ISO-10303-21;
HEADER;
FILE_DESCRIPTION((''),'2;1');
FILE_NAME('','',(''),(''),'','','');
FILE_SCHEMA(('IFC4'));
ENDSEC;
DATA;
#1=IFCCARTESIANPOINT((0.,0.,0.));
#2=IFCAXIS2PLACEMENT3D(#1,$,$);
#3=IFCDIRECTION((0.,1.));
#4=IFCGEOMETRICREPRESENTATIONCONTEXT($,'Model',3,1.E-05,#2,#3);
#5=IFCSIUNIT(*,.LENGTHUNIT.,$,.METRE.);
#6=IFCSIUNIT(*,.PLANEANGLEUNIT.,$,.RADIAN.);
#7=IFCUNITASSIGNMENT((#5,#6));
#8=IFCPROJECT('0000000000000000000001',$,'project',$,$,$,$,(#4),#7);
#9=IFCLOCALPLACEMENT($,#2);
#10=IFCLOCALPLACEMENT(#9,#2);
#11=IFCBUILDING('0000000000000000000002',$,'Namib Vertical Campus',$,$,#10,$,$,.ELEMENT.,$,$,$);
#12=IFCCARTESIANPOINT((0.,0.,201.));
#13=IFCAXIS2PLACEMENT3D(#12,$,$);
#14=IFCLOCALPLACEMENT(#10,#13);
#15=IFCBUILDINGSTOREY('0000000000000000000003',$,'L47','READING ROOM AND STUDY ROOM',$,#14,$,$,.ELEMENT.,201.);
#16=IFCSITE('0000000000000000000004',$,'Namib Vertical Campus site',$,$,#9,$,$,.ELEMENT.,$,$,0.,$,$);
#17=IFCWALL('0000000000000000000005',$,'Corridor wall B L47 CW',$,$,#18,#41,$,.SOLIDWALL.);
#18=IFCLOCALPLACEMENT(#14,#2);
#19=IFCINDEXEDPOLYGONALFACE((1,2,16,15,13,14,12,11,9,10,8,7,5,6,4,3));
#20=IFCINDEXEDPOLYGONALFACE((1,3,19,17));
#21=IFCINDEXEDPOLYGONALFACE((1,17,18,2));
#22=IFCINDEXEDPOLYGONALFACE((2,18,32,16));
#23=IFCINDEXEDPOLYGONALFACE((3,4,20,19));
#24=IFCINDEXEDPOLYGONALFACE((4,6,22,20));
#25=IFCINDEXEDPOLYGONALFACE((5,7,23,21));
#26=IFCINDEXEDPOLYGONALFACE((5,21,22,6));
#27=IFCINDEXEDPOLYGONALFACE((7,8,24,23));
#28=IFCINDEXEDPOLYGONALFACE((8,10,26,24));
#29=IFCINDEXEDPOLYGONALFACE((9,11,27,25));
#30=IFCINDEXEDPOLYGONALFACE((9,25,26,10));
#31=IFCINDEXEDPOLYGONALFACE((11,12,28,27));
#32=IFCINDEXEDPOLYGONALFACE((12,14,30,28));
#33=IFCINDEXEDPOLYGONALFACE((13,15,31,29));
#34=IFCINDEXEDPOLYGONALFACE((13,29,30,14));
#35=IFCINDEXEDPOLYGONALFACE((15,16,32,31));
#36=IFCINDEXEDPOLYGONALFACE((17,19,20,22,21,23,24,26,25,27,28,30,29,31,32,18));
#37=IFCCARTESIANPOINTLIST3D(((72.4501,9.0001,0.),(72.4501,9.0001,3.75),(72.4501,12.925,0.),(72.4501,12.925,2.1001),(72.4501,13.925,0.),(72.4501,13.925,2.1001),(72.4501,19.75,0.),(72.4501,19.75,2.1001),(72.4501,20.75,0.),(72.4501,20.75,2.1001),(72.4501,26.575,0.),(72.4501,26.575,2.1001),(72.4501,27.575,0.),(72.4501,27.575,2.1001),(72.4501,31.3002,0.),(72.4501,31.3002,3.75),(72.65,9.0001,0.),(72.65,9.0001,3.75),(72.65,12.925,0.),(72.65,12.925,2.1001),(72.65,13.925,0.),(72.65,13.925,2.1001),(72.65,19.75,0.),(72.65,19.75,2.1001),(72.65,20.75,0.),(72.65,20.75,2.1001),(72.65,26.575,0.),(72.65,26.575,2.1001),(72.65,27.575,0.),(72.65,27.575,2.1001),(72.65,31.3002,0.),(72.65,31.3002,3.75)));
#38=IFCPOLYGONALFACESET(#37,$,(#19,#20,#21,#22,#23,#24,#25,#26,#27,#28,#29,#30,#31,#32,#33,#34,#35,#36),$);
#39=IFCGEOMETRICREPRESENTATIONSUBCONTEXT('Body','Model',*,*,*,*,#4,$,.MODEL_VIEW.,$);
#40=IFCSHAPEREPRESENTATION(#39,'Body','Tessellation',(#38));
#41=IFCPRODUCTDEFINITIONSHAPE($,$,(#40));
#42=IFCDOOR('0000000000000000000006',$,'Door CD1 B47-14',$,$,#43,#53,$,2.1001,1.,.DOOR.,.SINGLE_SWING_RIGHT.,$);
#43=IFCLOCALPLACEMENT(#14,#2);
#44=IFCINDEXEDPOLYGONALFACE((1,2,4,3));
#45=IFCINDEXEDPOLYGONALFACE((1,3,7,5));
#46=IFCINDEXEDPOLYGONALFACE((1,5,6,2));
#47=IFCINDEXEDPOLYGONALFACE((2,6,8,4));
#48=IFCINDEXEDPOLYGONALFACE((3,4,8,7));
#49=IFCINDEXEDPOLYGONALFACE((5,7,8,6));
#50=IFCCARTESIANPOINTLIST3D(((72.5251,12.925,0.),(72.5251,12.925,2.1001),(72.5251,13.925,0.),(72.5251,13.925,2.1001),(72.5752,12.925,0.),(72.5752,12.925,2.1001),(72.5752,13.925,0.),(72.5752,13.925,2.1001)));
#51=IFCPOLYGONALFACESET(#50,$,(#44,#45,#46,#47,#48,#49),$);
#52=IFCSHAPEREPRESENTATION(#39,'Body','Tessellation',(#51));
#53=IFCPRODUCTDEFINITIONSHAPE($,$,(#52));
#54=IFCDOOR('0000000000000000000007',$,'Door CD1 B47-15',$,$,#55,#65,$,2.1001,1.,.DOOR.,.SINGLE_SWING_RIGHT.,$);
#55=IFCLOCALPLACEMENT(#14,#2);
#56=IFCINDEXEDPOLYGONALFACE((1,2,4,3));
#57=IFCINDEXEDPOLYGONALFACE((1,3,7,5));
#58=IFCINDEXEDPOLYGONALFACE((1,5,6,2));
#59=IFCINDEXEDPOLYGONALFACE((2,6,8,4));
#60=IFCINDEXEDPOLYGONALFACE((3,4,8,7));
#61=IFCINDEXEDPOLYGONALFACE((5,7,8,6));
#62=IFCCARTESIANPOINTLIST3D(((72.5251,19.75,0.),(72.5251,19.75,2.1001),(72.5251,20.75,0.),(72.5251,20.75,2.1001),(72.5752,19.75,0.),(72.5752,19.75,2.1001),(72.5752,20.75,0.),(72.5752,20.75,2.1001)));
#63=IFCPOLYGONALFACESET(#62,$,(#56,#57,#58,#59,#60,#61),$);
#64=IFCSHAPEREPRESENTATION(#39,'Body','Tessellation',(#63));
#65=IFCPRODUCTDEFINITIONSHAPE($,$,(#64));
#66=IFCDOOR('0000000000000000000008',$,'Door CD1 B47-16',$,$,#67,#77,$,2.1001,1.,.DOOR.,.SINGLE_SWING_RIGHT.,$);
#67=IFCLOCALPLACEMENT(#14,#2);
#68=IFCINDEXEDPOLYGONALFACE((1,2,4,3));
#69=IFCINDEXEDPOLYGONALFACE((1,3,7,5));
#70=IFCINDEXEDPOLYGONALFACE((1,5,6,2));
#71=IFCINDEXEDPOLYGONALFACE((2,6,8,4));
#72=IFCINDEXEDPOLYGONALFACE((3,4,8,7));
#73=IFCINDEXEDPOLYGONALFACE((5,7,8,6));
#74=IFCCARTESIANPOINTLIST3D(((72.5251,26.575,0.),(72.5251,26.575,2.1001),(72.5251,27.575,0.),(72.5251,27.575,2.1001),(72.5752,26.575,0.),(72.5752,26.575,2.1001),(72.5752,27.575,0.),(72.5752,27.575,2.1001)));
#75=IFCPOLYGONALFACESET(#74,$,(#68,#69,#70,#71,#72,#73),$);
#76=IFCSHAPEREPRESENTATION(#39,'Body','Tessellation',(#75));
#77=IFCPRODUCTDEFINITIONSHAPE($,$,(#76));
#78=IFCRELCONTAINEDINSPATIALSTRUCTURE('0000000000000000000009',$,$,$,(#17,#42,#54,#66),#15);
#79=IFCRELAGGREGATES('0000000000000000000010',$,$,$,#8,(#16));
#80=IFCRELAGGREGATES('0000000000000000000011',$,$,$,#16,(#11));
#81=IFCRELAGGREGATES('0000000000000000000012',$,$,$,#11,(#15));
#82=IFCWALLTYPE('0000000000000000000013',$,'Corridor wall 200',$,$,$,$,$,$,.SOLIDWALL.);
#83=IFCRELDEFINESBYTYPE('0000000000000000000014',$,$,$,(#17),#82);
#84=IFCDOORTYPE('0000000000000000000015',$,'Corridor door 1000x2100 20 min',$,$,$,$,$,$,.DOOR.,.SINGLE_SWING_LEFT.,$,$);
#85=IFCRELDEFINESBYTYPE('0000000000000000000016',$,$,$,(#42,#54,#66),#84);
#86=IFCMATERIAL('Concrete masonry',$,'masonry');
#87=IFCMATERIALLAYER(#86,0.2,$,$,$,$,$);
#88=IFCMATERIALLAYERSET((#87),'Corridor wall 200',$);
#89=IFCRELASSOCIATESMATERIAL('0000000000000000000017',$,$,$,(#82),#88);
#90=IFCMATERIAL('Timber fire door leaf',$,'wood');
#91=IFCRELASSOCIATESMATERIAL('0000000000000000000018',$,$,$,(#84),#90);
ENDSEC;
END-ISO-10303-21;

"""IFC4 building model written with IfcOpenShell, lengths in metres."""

from ifc_helpers import new_model, si_unit, direction, frame, frame_2d, origin, place, context, subcontext, project, spatial, rectangle, extrude, material, layer, layer_set, type_object, element, fill, save


model = new_model("IFC4")

# Units and contexts
model_context = context("Model", 3, precision=1e-05, world=origin(), true_north=direction((0.0, 1.0)))
body_context = subcontext(model_context, "Body", "Model", "MODEL_VIEW")
ifc_project = project(units=[si_unit("LENGTHUNIT", "METRE"), si_unit("PLANEANGLEUNIT", "RADIAN")], contexts=[model_context])

# Site, building, storey
site_placement = place(None, origin())
site = spatial("IfcSite", under=ifc_project, at=site_placement, Name="Namib Vertical Campus site", CompositionType="ELEMENT", RefElevation=0.0)
building_placement = place(site_placement, origin())
building = spatial("IfcBuilding", under=site, at=building_placement, Name="Namib Vertical Campus", CompositionType="ELEMENT")
storey_placement = place(building_placement, frame((0.0, 0.0, 201.0)))
storey = spatial("IfcBuildingStorey", under=building, at=storey_placement, Name="L47", Description="READING ROOM AND STUDY ROOM", CompositionType="ELEMENT", Elevation=201.0)

# Shared definitions
ifc_material_1 = material(Name="Concrete masonry", Category="masonry")
ifc_layer_1 = layer(ifc_material_1, 0.2)
ifc_layer_set_1 = layer_set([ifc_layer_1], Name="Corridor wall 200")
wall_type_1 = type_object("IfcWallType", Name="Corridor wall 200", PredefinedType="SOLIDWALL", material=ifc_layer_set_1)
ifc_material_2 = material(Name="Timber fire door leaf", Category="wood")
door_type_1 = type_object("IfcDoorType", Name="Corridor door 1000x2100 20 min", OperationType="SINGLE_SWING_LEFT", PredefinedType="DOOR", material=ifc_material_2)

# Wall, openings, doors
wall_1_placement = place(storey_placement, frame((72.55, 31.3, 0.0), z_axis=(0.0, 0.0, 1.0), x_axis=(0.0, -1.0, 0.0)))
wall_1 = element("IfcWall", 1, at=wall_1_placement, inside=storey, type_object=wall_type_1, Name="Corridor wall B L47 CW", PredefinedType="SOLIDWALL", context=body_context, shape_type="SweptSolid", body=[
    extrude(rectangle(XDim=22.3, YDim=0.2, at=frame_2d((11.1499, 0.0))), origin(), (0.0, 0.0, 1.0), 3.75),
])
opening_1_placement = place(wall_1_placement, frame((17.375, 0.0, 0.0)))
opening_1 = element("IfcOpeningElement", 2, at=opening_1_placement, cuts=wall_1, PredefinedType="OPENING", context=body_context, shape_type="SweptSolid", body=[
    extrude(rectangle(XDim=1.0, YDim=2.1001, at=frame_2d((0.5, 1.05))), frame((0.0, 0.1099, 0.0), z_axis=(0.0, -1.0, 0.0), x_axis=(1.0, 0.0, 0.0)), (0.0, 0.0, 1.0), 0.22),
])
opening_2_placement = place(wall_1_placement, frame((10.55, 0.0, 0.0)))
opening_2 = element("IfcOpeningElement", 3, at=opening_2_placement, cuts=wall_1, PredefinedType="OPENING", context=body_context, shape_type="SweptSolid", body=[
    extrude(rectangle(XDim=1.0, YDim=2.1001, at=frame_2d((0.5, 1.05))), frame((0.0, 0.1099, 0.0), z_axis=(0.0, -1.0, 0.0), x_axis=(1.0, 0.0, 0.0)), (0.0, 0.0, 1.0), 0.22),
])
opening_3_placement = place(wall_1_placement, frame((3.7251, 0.0, 0.0)))
opening_3 = element("IfcOpeningElement", 4, at=opening_3_placement, cuts=wall_1, PredefinedType="OPENING", context=body_context, shape_type="SweptSolid", body=[
    extrude(rectangle(XDim=1.0, YDim=2.1001, at=frame_2d((0.5, 1.05))), frame((0.0, 0.1099, 0.0), z_axis=(0.0, -1.0, 0.0), x_axis=(1.0, 0.0, 0.0)), (0.0, 0.0, 1.0), 0.22),
])
door_1_placement = place(opening_1_placement, frame((1.0, 0.0, 0.0), z_axis=(0.0, 0.0, 1.0), x_axis=(-1.0, 0.0, 0.0)))
door_1 = element("IfcDoor", 5, at=door_1_placement, inside=storey, type_object=door_type_1, Name="Door CD1 B47-14", OperationType="SINGLE_SWING_RIGHT", OverallHeight=2.1001, OverallWidth=1.0, PredefinedType="DOOR", context=body_context, shape_type="SweptSolid", body=[
    extrude(rectangle(XDim=1.0, YDim=2.1001, at=frame_2d((0.5, 1.05))), frame((0.0, 0.0249, 0.0), z_axis=(0.0, -1.0, 0.0), x_axis=(1.0, 0.0, 0.0)), (0.0, 0.0, 1.0), 0.05),
])
fill(opening_1, door_1)
door_2_placement = place(opening_2_placement, frame((1.0, 0.0, 0.0), z_axis=(0.0, 0.0, 1.0), x_axis=(-1.0, 0.0, 0.0)))
door_2 = element("IfcDoor", 6, at=door_2_placement, inside=storey, type_object=door_type_1, Name="Door CD1 B47-15", OperationType="SINGLE_SWING_RIGHT", OverallHeight=2.1001, OverallWidth=1.0, PredefinedType="DOOR", context=body_context, shape_type="SweptSolid", body=[
    extrude(rectangle(XDim=1.0, YDim=2.1001, at=frame_2d((0.5, 1.05))), frame((0.0, 0.0249, 0.0), z_axis=(0.0, -1.0, 0.0), x_axis=(1.0, 0.0, 0.0)), (0.0, 0.0, 1.0), 0.05),
])
fill(opening_2, door_2)
door_3_placement = place(opening_3_placement, frame((1.0, 0.0, 0.0), z_axis=(0.0, 0.0, 1.0), x_axis=(-1.0, 0.0, 0.0)))
door_3 = element("IfcDoor", 7, at=door_3_placement, inside=storey, type_object=door_type_1, Name="Door CD1 B47-16", OperationType="SINGLE_SWING_RIGHT", OverallHeight=2.1001, OverallWidth=1.0, PredefinedType="DOOR", context=body_context, shape_type="SweptSolid", body=[
    extrude(rectangle(XDim=1.0, YDim=2.1001, at=frame_2d((0.5, 1.05))), frame((0.0, 0.0249, 0.0), z_axis=(0.0, -1.0, 0.0), x_axis=(1.0, 0.0, 0.0)), (0.0, 0.0, 1.0), 0.05),
])
fill(opening_3, door_3)

save(model, "model.ifc")
